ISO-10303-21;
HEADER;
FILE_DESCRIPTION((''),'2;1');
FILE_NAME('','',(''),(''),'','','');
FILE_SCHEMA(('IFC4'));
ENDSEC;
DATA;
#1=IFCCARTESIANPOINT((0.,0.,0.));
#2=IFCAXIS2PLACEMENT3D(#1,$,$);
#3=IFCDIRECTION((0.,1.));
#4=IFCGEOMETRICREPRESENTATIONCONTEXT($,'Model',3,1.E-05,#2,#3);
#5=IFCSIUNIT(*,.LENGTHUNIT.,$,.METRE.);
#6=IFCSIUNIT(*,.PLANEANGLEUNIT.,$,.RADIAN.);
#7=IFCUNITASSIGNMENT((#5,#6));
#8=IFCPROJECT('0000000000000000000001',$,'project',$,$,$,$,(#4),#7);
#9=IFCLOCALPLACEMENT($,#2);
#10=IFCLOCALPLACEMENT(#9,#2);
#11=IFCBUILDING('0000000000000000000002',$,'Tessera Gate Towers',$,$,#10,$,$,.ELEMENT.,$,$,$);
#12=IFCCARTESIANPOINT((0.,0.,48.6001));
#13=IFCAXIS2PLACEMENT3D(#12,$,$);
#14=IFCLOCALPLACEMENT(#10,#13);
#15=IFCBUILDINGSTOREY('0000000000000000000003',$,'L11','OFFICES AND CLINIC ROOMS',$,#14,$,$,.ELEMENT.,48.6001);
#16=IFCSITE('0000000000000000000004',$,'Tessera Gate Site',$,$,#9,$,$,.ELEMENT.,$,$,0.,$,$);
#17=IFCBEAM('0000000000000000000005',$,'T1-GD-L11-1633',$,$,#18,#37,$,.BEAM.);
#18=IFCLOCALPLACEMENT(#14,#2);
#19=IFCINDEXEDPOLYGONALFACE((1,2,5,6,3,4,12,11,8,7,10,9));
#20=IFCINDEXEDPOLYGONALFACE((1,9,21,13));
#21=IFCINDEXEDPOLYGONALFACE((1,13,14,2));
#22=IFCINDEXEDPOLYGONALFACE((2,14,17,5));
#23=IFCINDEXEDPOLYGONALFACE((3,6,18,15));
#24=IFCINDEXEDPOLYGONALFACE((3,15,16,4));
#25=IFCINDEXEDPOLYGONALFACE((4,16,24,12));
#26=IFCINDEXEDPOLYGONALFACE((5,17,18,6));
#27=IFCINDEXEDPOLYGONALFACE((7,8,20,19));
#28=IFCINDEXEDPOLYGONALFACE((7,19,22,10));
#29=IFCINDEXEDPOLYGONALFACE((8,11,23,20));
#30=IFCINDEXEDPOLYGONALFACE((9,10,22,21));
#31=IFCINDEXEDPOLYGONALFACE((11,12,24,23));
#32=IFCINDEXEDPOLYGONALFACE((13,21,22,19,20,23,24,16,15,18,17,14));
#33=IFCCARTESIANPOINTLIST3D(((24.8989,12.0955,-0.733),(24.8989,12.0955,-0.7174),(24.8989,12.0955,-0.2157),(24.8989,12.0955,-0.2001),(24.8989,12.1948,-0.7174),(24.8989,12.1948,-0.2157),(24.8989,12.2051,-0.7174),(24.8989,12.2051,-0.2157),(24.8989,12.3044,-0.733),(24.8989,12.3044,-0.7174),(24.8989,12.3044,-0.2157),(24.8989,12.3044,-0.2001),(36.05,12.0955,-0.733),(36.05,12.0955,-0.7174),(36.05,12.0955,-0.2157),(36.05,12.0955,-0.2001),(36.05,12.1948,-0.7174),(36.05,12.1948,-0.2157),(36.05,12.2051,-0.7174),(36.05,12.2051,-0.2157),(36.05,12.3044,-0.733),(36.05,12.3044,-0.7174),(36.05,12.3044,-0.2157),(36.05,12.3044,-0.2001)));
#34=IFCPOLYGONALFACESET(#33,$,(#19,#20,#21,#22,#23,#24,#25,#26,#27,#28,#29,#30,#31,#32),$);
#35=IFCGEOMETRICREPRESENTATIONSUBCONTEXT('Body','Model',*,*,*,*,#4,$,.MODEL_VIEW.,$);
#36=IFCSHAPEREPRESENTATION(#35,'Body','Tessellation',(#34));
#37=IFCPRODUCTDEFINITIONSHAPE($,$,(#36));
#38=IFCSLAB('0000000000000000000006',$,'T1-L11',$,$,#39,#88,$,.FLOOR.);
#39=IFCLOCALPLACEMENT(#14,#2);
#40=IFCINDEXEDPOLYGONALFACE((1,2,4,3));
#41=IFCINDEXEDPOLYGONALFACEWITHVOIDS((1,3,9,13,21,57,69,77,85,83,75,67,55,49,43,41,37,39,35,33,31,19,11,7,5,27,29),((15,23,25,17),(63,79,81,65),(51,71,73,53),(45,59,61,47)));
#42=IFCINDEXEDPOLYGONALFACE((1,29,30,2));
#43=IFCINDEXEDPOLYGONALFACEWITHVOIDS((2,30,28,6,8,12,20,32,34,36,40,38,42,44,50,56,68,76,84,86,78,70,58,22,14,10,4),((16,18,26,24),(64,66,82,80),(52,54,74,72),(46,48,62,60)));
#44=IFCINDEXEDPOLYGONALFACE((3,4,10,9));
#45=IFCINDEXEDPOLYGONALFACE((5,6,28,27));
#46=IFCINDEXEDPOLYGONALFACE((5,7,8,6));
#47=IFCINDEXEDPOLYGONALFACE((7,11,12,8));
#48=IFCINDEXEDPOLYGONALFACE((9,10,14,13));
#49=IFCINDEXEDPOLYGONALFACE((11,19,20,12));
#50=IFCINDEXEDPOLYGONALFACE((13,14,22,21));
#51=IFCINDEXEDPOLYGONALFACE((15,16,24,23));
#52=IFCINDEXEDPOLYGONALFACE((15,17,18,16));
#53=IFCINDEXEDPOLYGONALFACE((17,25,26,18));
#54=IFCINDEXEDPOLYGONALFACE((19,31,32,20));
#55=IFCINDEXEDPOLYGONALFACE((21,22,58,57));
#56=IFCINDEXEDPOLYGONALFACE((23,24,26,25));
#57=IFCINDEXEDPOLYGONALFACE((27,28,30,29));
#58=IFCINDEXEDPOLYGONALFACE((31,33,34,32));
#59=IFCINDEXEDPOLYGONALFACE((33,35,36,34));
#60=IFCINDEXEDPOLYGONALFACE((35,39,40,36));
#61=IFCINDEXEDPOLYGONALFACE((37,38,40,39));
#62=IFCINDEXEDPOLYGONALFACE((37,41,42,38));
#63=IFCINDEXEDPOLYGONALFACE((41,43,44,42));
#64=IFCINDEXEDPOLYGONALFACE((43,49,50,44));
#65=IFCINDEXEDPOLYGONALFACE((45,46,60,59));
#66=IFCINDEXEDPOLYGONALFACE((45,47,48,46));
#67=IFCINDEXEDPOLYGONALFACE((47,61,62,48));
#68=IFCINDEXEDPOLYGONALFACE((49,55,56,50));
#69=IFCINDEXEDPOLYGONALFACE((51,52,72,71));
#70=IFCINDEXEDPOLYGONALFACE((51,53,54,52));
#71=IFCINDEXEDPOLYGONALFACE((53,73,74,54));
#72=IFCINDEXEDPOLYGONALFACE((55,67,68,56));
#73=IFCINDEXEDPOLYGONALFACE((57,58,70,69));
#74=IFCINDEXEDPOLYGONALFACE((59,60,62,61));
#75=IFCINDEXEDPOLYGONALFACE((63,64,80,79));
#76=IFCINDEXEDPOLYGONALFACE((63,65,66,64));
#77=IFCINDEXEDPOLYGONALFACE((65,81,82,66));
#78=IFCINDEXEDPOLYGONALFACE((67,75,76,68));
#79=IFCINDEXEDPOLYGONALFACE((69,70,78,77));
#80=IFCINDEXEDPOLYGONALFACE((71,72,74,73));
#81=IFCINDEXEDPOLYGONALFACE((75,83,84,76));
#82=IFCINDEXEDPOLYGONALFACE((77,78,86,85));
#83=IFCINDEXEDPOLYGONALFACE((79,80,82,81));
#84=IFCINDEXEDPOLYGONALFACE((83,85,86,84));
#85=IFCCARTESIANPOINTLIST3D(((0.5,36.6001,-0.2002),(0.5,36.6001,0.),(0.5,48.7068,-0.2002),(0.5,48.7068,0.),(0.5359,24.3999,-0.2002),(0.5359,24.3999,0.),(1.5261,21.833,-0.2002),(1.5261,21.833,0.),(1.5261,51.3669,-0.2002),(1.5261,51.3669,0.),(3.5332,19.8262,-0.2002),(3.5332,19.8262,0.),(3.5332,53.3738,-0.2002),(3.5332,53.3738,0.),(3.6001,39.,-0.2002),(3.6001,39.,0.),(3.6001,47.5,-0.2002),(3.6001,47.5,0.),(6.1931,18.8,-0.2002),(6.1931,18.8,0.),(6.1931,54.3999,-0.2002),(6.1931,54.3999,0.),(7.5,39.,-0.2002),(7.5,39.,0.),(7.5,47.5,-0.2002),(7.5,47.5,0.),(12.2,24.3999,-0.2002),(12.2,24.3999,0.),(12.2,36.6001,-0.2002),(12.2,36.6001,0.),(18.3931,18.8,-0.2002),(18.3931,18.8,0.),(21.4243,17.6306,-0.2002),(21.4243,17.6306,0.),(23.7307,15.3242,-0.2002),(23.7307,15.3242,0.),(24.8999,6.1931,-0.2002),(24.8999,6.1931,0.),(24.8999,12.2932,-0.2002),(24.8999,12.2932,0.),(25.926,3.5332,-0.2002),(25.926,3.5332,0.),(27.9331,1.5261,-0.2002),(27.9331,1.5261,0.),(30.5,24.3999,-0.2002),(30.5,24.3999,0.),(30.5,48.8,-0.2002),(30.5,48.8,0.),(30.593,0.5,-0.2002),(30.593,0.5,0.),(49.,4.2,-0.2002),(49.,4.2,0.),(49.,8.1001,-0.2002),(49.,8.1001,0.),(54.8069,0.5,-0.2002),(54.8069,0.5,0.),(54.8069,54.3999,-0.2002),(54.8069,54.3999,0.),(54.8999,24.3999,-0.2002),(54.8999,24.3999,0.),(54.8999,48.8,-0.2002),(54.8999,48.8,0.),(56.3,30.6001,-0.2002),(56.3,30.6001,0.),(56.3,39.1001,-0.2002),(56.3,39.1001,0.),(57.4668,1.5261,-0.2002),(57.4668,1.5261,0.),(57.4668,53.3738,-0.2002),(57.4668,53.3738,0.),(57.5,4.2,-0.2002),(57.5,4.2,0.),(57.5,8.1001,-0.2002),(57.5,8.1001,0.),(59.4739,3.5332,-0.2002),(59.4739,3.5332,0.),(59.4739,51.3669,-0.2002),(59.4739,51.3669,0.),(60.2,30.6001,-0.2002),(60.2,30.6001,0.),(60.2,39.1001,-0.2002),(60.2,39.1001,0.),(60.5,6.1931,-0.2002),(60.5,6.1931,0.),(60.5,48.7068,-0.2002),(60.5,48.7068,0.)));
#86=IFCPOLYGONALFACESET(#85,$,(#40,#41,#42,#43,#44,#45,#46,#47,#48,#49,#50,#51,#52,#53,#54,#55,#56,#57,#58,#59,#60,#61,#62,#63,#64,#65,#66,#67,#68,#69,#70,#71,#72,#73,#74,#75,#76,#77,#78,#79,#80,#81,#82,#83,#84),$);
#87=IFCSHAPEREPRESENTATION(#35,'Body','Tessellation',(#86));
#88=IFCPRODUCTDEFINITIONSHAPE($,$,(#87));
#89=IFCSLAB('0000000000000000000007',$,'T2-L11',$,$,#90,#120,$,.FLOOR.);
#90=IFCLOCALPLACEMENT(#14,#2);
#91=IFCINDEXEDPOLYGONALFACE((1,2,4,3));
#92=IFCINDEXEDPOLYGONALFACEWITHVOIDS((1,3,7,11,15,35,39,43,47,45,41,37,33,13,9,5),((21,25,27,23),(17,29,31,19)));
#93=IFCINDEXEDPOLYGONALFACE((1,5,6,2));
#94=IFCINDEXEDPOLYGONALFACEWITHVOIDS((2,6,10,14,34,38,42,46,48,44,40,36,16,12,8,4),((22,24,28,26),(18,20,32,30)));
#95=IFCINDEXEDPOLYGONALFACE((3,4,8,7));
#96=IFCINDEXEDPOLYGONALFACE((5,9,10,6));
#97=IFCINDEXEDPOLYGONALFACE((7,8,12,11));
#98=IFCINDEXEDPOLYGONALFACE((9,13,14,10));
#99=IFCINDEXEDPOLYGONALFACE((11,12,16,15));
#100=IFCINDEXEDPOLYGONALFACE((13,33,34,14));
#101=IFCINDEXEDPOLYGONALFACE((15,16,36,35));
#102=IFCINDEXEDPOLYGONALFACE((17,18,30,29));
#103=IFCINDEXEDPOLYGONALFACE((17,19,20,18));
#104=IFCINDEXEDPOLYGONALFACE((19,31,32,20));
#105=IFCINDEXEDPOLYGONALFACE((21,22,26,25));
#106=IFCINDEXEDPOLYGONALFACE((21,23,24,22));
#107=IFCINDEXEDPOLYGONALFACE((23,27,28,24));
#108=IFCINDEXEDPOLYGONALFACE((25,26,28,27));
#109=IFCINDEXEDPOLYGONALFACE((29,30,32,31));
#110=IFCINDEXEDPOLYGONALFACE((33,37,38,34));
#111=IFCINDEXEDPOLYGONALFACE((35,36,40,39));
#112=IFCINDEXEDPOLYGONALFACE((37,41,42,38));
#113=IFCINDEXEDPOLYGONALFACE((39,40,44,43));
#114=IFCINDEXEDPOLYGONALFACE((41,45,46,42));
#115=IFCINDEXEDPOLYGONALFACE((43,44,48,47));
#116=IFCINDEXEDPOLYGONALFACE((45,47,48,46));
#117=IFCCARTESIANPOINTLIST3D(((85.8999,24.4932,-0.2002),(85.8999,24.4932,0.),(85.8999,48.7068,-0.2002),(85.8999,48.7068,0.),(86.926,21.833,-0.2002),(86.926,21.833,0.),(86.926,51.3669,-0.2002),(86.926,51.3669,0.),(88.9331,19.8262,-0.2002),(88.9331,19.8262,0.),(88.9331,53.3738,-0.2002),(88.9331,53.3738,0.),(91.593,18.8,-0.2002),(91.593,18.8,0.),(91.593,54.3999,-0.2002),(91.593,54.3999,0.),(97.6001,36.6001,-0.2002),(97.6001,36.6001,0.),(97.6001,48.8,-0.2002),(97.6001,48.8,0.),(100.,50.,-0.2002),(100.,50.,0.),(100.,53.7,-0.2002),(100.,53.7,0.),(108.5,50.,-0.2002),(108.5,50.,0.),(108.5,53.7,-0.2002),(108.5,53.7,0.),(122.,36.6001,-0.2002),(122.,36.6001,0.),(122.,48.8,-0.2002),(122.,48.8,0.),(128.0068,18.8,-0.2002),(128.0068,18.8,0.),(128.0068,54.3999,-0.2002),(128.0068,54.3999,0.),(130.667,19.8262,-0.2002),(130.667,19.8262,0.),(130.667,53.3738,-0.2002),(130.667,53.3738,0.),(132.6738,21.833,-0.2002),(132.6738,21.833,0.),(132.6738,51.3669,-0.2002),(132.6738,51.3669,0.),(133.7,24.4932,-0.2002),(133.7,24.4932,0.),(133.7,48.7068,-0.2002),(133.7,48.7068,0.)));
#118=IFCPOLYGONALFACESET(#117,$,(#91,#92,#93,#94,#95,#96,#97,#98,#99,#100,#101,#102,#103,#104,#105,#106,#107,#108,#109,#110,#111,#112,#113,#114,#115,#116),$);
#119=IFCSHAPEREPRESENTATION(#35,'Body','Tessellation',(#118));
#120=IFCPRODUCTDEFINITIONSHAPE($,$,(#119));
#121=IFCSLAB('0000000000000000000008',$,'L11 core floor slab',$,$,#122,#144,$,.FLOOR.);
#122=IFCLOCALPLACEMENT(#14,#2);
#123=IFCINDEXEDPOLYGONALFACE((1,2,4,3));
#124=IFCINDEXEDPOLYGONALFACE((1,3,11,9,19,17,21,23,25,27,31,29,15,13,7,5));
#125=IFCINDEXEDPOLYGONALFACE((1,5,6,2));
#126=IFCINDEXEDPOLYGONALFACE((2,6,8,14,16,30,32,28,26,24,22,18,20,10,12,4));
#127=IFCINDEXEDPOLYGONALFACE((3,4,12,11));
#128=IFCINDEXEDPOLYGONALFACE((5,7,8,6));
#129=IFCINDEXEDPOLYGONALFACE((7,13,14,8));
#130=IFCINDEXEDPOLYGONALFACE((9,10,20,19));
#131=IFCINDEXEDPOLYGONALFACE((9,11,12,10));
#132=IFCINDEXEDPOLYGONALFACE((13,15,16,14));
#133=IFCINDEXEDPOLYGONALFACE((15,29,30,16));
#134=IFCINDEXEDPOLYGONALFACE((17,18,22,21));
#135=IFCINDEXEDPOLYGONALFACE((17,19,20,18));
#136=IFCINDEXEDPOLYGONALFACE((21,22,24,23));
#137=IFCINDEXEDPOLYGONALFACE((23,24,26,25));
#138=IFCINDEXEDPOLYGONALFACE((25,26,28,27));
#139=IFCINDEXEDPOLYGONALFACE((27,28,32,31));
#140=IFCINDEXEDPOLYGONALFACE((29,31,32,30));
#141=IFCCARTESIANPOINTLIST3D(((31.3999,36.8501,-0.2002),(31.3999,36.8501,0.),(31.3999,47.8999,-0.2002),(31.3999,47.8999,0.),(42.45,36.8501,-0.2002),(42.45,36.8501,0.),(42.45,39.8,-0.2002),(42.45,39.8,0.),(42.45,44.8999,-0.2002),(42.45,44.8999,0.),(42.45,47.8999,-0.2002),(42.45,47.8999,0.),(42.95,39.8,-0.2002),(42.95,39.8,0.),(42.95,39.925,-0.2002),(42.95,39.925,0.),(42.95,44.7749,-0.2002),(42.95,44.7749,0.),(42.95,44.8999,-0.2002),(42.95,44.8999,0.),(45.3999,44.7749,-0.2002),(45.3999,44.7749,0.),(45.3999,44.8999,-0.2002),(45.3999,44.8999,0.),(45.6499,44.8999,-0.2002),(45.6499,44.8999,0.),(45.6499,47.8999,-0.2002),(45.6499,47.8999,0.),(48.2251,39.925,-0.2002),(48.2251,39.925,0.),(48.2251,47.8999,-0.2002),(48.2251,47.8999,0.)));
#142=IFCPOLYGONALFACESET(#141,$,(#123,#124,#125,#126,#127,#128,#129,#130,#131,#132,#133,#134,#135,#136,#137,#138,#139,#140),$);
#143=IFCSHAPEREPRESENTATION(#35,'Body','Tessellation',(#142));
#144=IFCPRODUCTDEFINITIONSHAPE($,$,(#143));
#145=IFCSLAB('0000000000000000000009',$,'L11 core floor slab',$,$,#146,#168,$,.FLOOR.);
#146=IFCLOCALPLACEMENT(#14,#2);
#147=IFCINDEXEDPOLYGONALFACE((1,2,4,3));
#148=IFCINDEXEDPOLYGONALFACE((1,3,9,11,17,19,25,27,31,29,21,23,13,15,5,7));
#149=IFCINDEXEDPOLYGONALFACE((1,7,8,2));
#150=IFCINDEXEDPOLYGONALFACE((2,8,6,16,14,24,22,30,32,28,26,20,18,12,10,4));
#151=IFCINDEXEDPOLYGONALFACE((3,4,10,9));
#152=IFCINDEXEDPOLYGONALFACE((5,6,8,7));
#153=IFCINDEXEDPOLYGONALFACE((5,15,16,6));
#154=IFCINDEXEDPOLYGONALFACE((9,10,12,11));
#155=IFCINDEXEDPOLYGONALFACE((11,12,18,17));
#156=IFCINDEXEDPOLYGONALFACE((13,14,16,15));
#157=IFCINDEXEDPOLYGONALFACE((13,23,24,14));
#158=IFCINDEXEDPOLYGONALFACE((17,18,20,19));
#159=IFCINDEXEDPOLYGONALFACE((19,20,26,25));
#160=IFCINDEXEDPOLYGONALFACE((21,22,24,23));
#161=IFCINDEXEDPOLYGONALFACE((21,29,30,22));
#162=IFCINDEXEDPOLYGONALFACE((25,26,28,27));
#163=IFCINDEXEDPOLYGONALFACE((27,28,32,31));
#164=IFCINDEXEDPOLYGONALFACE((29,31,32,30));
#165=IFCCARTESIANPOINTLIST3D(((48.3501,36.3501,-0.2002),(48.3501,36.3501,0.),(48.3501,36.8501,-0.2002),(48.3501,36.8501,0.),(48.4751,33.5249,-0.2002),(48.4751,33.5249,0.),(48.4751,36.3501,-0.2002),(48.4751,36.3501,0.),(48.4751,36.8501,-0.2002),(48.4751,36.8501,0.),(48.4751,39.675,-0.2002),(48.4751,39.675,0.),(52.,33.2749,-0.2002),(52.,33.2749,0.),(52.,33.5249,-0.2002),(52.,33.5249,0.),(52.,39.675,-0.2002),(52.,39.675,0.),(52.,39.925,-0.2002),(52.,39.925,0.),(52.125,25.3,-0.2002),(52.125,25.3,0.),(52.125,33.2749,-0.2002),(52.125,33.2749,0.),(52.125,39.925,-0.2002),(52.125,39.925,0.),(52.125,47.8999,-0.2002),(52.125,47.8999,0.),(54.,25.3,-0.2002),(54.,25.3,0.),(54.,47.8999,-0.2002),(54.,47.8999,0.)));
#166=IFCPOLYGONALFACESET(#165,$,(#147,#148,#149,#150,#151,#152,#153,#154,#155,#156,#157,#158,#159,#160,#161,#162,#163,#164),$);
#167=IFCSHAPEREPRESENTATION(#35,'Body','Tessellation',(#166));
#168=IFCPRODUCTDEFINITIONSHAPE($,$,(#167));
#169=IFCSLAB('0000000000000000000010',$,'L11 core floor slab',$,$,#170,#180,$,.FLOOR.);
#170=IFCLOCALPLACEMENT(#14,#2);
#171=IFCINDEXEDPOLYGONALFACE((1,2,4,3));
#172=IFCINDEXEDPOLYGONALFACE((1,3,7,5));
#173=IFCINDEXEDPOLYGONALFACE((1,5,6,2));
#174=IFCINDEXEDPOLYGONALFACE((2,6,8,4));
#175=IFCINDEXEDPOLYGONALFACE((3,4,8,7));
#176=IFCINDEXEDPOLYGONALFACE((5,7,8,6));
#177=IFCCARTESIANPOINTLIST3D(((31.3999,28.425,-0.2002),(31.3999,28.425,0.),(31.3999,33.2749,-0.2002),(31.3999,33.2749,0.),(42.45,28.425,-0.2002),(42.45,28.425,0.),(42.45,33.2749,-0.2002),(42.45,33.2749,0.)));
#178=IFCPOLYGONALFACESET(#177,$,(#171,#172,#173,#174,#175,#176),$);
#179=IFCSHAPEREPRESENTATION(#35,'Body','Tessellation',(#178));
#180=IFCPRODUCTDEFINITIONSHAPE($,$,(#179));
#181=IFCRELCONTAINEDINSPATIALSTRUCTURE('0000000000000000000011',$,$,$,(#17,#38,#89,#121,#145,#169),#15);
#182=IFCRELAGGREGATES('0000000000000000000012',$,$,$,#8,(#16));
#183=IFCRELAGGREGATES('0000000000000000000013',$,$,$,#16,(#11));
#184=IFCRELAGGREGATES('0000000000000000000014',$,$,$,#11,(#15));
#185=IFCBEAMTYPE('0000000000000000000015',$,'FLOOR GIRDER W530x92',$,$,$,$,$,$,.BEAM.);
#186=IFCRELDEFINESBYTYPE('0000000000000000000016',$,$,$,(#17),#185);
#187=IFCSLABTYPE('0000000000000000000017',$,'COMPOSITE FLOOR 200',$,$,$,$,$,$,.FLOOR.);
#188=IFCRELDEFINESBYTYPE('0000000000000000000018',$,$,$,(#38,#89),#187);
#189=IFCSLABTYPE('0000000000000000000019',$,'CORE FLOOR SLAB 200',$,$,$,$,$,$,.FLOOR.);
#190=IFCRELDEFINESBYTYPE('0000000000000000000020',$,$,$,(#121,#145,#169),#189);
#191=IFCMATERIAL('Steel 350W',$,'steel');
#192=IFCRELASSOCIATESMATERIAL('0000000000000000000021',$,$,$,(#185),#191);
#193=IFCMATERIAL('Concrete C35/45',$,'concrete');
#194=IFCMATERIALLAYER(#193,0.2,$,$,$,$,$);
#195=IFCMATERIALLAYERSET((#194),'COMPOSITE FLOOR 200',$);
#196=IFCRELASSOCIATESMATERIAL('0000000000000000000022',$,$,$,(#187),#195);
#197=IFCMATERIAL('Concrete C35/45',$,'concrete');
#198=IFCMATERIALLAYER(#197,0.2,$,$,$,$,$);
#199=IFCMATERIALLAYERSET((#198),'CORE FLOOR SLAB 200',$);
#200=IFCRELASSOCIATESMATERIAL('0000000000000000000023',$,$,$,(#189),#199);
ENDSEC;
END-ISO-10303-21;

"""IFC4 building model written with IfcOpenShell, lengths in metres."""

from ifc_helpers import new_model, si_unit, direction, frame, origin, origin_2d, place, context, subcontext, project, spatial, polyline, i_section, outline, extrude, material, layer, layer_set, material_profile, profile_set, type_object, element, save


model = new_model("IFC4")

# Units and contexts
model_context = context("Model", 3, precision=1e-05, world=origin(), true_north=direction((0.0, 1.0)))
body_context = subcontext(model_context, "Body", "Model", "MODEL_VIEW")
ifc_project = project(units=[si_unit("LENGTHUNIT", "METRE"), si_unit("PLANEANGLEUNIT", "RADIAN")], contexts=[model_context])

# Site, building, storey
site_placement = place(None, origin())
site = spatial("IfcSite", under=ifc_project, at=site_placement, Name="Tessera Gate Site", CompositionType="ELEMENT", RefElevation=0.0)
building_placement = place(site_placement, origin())
building = spatial("IfcBuilding", under=site, at=building_placement, Name="Tessera Gate Towers", CompositionType="ELEMENT")
storey_placement = place(building_placement, frame((0.0, 0.0, 48.6001)))
storey = spatial("IfcBuildingStorey", under=building, at=storey_placement, Name="L11", Description="OFFICES AND CLINIC ROOMS", CompositionType="ELEMENT", Elevation=48.6001)

# Beam
ifc_material_1 = material(Name="Steel 350W", Category="steel")
ifc_material_profile = material_profile(ifc_material_1, i_section(OverallWidth=0.209, OverallDepth=0.533, WebThickness=0.0103, FlangeThickness=0.0156, at=origin_2d()), Name="W530x92")
ifc_profile_set = profile_set([ifc_material_profile], Name="Steel 350W")
beam_type = type_object("IfcBeamType", Name="FLOOR GIRDER W530x92", PredefinedType="BEAM", material=ifc_profile_set)
beam_placement = place(storey_placement, frame((24.8989, 12.2, -0.4666), z_axis=(1.0, 0.0, 0.0), x_axis=(0.0, 1.0, 0.0)))
element("IfcBeam", 1, at=beam_placement, inside=storey, type_object=beam_type, Name="T1-GD-L11-1633", PredefinedType="BEAM", context=body_context, shape_type="SweptSolid", body=[
    extrude(i_section(OverallWidth=0.209, OverallDepth=0.533, WebThickness=0.0103, FlangeThickness=0.0156, at=origin_2d()), origin(), (0.0, 0.0, 1.0), 11.1511),
])

# Slabs
ifc_material_2 = material(Name="Concrete C35/45", Category="concrete")
ifc_layer_1 = layer(ifc_material_2, 0.2)
ifc_layer_set_1 = layer_set([ifc_layer_1], Name="COMPOSITE FLOOR 200")
slab_type_1 = type_object("IfcSlabType", Name="COMPOSITE FLOOR 200", PredefinedType="FLOOR", material=ifc_layer_set_1)
slab_1_placement = place(storey_placement, frame((0.0, 0.0, -0.2002)))
element("IfcSlab", 2, at=slab_1_placement, inside=storey, type_object=slab_type_1, Name="T1-L11", PredefinedType="FLOOR", context=body_context, shape_type="SweptSolid", body=[
    extrude(outline(polyline([(0.5, 36.6001), (12.2, 36.6001), (12.2, 24.3999), (0.5359, 24.3999), (1.5261, 21.833), (3.5332, 19.8262), (6.1931, 18.8), (18.3931, 18.8), (21.4243, 17.6306), (23.7307, 15.3242), (24.8999, 12.2932), (24.8999, 6.1931), (25.926, 3.5332), (27.9331, 1.5261), (30.593, 0.5), (54.8069, 0.5), (57.4668, 1.5261), (59.4739, 3.5332), (60.5, 6.1931), (60.5, 48.7068), (59.4739, 51.3669), (57.4668, 53.3738), (54.8069, 54.3999), (6.1931, 54.3999), (3.5332, 53.3738), (1.5261, 51.3669), (0.5, 48.7068), (0.5, 36.6001)]), holes=[polyline([(3.6001, 39.0), (3.6001, 47.5), (7.5, 47.5), (7.5, 39.0), (3.6001, 39.0)]), polyline([(30.5, 24.3999), (30.5, 48.8), (54.8999, 48.8), (54.8999, 24.3999), (30.5, 24.3999)]), polyline([(49.0, 4.2), (49.0, 8.1001), (57.5, 8.1001), (57.5, 4.2), (49.0, 4.2)]), polyline([(56.3, 30.6001), (56.3, 39.1001), (60.2, 39.1001), (60.2, 30.6001), (56.3, 30.6001)])]), origin(), (0.0, 0.0, 1.0), 0.2002),
])
slab_2_placement = place(storey_placement, frame((0.0, 0.0, -0.2002)))
element("IfcSlab", 3, at=slab_2_placement, inside=storey, type_object=slab_type_1, Name="T2-L11", PredefinedType="FLOOR", context=body_context, shape_type="SweptSolid", body=[
    extrude(outline(polyline([(85.8999, 24.4932), (86.926, 21.833), (88.9331, 19.8262), (91.593, 18.8), (128.0068, 18.8), (130.667, 19.8262), (132.6738, 21.833), (133.7, 24.4932), (133.7, 48.7068), (132.6738, 51.3669), (130.667, 53.3738), (128.0068, 54.3999), (91.593, 54.3999), (88.9331, 53.3738), (86.926, 51.3669), (85.8999, 48.7068), (85.8999, 24.4932)]), holes=[polyline([(97.6001, 36.6001), (97.6001, 48.8), (122.0, 48.8), (122.0, 36.6001), (97.6001, 36.6001)]), polyline([(100.0, 50.0), (100.0, 53.7), (108.5, 53.7), (108.5, 50.0), (100.0, 50.0)])]), origin(), (0.0, 0.0, 1.0), 0.2002),
])
ifc_material_3 = material(Name="Concrete C35/45", Category="concrete")
ifc_layer_2 = layer(ifc_material_3, 0.2)
ifc_layer_set_2 = layer_set([ifc_layer_2], Name="CORE FLOOR SLAB 200")
slab_type_2 = type_object("IfcSlabType", Name="CORE FLOOR SLAB 200", PredefinedType="FLOOR", material=ifc_layer_set_2)
slab_3_placement = place(storey_placement, frame((0.0, 0.0, -0.2002)))
element("IfcSlab", 4, at=slab_3_placement, inside=storey, type_object=slab_type_2, Name="L11 core floor slab", PredefinedType="FLOOR", context=body_context, shape_type="SweptSolid", body=[
    extrude(outline(polyline([(31.3999, 47.8999), (31.3999, 36.8501), (42.45, 36.8501), (42.45, 39.8), (42.95, 39.8), (42.95, 39.925), (48.2251, 39.925), (48.2251, 47.8999), (45.6499, 47.8999), (45.6499, 44.8999), (45.3999, 44.8999), (45.3999, 44.7749), (42.95, 44.7749), (42.95, 44.8999), (42.45, 44.8999), (42.45, 47.8999), (31.3999, 47.8999)])), origin(), (0.0, 0.0, 1.0), 0.2002),
])
slab_4_placement = place(storey_placement, frame((0.0, 0.0, -0.2002)))
element("IfcSlab", 5, at=slab_4_placement, inside=storey, type_object=slab_type_2, Name="L11 core floor slab", PredefinedType="FLOOR", context=body_context, shape_type="SweptSolid", body=[
    extrude(outline(polyline([(48.3501, 36.8501), (48.3501, 36.3501), (48.4751, 36.3501), (48.4751, 33.5249), (52.0, 33.5249), (52.0, 33.2749), (52.125, 33.2749), (52.125, 25.3), (54.0, 25.3), (54.0, 47.8999), (52.125, 47.8999), (52.125, 39.925), (52.0, 39.925), (52.0, 39.675), (48.4751, 39.675), (48.4751, 36.8501), (48.3501, 36.8501)])), origin(), (0.0, 0.0, 1.0), 0.2002),
])
slab_5_placement = place(storey_placement, frame((0.0, 0.0, -0.2002)))
element("IfcSlab", 6, at=slab_5_placement, inside=storey, type_object=slab_type_2, Name="L11 core floor slab", PredefinedType="FLOOR", context=body_context, shape_type="SweptSolid", body=[
    extrude(outline(polyline([(42.45, 28.425), (42.45, 33.2749), (31.3999, 33.2749), (31.3999, 28.425), (42.45, 28.425)])), origin(), (0.0, 0.0, 1.0), 0.2002),
])

save(model, "model.ifc")
